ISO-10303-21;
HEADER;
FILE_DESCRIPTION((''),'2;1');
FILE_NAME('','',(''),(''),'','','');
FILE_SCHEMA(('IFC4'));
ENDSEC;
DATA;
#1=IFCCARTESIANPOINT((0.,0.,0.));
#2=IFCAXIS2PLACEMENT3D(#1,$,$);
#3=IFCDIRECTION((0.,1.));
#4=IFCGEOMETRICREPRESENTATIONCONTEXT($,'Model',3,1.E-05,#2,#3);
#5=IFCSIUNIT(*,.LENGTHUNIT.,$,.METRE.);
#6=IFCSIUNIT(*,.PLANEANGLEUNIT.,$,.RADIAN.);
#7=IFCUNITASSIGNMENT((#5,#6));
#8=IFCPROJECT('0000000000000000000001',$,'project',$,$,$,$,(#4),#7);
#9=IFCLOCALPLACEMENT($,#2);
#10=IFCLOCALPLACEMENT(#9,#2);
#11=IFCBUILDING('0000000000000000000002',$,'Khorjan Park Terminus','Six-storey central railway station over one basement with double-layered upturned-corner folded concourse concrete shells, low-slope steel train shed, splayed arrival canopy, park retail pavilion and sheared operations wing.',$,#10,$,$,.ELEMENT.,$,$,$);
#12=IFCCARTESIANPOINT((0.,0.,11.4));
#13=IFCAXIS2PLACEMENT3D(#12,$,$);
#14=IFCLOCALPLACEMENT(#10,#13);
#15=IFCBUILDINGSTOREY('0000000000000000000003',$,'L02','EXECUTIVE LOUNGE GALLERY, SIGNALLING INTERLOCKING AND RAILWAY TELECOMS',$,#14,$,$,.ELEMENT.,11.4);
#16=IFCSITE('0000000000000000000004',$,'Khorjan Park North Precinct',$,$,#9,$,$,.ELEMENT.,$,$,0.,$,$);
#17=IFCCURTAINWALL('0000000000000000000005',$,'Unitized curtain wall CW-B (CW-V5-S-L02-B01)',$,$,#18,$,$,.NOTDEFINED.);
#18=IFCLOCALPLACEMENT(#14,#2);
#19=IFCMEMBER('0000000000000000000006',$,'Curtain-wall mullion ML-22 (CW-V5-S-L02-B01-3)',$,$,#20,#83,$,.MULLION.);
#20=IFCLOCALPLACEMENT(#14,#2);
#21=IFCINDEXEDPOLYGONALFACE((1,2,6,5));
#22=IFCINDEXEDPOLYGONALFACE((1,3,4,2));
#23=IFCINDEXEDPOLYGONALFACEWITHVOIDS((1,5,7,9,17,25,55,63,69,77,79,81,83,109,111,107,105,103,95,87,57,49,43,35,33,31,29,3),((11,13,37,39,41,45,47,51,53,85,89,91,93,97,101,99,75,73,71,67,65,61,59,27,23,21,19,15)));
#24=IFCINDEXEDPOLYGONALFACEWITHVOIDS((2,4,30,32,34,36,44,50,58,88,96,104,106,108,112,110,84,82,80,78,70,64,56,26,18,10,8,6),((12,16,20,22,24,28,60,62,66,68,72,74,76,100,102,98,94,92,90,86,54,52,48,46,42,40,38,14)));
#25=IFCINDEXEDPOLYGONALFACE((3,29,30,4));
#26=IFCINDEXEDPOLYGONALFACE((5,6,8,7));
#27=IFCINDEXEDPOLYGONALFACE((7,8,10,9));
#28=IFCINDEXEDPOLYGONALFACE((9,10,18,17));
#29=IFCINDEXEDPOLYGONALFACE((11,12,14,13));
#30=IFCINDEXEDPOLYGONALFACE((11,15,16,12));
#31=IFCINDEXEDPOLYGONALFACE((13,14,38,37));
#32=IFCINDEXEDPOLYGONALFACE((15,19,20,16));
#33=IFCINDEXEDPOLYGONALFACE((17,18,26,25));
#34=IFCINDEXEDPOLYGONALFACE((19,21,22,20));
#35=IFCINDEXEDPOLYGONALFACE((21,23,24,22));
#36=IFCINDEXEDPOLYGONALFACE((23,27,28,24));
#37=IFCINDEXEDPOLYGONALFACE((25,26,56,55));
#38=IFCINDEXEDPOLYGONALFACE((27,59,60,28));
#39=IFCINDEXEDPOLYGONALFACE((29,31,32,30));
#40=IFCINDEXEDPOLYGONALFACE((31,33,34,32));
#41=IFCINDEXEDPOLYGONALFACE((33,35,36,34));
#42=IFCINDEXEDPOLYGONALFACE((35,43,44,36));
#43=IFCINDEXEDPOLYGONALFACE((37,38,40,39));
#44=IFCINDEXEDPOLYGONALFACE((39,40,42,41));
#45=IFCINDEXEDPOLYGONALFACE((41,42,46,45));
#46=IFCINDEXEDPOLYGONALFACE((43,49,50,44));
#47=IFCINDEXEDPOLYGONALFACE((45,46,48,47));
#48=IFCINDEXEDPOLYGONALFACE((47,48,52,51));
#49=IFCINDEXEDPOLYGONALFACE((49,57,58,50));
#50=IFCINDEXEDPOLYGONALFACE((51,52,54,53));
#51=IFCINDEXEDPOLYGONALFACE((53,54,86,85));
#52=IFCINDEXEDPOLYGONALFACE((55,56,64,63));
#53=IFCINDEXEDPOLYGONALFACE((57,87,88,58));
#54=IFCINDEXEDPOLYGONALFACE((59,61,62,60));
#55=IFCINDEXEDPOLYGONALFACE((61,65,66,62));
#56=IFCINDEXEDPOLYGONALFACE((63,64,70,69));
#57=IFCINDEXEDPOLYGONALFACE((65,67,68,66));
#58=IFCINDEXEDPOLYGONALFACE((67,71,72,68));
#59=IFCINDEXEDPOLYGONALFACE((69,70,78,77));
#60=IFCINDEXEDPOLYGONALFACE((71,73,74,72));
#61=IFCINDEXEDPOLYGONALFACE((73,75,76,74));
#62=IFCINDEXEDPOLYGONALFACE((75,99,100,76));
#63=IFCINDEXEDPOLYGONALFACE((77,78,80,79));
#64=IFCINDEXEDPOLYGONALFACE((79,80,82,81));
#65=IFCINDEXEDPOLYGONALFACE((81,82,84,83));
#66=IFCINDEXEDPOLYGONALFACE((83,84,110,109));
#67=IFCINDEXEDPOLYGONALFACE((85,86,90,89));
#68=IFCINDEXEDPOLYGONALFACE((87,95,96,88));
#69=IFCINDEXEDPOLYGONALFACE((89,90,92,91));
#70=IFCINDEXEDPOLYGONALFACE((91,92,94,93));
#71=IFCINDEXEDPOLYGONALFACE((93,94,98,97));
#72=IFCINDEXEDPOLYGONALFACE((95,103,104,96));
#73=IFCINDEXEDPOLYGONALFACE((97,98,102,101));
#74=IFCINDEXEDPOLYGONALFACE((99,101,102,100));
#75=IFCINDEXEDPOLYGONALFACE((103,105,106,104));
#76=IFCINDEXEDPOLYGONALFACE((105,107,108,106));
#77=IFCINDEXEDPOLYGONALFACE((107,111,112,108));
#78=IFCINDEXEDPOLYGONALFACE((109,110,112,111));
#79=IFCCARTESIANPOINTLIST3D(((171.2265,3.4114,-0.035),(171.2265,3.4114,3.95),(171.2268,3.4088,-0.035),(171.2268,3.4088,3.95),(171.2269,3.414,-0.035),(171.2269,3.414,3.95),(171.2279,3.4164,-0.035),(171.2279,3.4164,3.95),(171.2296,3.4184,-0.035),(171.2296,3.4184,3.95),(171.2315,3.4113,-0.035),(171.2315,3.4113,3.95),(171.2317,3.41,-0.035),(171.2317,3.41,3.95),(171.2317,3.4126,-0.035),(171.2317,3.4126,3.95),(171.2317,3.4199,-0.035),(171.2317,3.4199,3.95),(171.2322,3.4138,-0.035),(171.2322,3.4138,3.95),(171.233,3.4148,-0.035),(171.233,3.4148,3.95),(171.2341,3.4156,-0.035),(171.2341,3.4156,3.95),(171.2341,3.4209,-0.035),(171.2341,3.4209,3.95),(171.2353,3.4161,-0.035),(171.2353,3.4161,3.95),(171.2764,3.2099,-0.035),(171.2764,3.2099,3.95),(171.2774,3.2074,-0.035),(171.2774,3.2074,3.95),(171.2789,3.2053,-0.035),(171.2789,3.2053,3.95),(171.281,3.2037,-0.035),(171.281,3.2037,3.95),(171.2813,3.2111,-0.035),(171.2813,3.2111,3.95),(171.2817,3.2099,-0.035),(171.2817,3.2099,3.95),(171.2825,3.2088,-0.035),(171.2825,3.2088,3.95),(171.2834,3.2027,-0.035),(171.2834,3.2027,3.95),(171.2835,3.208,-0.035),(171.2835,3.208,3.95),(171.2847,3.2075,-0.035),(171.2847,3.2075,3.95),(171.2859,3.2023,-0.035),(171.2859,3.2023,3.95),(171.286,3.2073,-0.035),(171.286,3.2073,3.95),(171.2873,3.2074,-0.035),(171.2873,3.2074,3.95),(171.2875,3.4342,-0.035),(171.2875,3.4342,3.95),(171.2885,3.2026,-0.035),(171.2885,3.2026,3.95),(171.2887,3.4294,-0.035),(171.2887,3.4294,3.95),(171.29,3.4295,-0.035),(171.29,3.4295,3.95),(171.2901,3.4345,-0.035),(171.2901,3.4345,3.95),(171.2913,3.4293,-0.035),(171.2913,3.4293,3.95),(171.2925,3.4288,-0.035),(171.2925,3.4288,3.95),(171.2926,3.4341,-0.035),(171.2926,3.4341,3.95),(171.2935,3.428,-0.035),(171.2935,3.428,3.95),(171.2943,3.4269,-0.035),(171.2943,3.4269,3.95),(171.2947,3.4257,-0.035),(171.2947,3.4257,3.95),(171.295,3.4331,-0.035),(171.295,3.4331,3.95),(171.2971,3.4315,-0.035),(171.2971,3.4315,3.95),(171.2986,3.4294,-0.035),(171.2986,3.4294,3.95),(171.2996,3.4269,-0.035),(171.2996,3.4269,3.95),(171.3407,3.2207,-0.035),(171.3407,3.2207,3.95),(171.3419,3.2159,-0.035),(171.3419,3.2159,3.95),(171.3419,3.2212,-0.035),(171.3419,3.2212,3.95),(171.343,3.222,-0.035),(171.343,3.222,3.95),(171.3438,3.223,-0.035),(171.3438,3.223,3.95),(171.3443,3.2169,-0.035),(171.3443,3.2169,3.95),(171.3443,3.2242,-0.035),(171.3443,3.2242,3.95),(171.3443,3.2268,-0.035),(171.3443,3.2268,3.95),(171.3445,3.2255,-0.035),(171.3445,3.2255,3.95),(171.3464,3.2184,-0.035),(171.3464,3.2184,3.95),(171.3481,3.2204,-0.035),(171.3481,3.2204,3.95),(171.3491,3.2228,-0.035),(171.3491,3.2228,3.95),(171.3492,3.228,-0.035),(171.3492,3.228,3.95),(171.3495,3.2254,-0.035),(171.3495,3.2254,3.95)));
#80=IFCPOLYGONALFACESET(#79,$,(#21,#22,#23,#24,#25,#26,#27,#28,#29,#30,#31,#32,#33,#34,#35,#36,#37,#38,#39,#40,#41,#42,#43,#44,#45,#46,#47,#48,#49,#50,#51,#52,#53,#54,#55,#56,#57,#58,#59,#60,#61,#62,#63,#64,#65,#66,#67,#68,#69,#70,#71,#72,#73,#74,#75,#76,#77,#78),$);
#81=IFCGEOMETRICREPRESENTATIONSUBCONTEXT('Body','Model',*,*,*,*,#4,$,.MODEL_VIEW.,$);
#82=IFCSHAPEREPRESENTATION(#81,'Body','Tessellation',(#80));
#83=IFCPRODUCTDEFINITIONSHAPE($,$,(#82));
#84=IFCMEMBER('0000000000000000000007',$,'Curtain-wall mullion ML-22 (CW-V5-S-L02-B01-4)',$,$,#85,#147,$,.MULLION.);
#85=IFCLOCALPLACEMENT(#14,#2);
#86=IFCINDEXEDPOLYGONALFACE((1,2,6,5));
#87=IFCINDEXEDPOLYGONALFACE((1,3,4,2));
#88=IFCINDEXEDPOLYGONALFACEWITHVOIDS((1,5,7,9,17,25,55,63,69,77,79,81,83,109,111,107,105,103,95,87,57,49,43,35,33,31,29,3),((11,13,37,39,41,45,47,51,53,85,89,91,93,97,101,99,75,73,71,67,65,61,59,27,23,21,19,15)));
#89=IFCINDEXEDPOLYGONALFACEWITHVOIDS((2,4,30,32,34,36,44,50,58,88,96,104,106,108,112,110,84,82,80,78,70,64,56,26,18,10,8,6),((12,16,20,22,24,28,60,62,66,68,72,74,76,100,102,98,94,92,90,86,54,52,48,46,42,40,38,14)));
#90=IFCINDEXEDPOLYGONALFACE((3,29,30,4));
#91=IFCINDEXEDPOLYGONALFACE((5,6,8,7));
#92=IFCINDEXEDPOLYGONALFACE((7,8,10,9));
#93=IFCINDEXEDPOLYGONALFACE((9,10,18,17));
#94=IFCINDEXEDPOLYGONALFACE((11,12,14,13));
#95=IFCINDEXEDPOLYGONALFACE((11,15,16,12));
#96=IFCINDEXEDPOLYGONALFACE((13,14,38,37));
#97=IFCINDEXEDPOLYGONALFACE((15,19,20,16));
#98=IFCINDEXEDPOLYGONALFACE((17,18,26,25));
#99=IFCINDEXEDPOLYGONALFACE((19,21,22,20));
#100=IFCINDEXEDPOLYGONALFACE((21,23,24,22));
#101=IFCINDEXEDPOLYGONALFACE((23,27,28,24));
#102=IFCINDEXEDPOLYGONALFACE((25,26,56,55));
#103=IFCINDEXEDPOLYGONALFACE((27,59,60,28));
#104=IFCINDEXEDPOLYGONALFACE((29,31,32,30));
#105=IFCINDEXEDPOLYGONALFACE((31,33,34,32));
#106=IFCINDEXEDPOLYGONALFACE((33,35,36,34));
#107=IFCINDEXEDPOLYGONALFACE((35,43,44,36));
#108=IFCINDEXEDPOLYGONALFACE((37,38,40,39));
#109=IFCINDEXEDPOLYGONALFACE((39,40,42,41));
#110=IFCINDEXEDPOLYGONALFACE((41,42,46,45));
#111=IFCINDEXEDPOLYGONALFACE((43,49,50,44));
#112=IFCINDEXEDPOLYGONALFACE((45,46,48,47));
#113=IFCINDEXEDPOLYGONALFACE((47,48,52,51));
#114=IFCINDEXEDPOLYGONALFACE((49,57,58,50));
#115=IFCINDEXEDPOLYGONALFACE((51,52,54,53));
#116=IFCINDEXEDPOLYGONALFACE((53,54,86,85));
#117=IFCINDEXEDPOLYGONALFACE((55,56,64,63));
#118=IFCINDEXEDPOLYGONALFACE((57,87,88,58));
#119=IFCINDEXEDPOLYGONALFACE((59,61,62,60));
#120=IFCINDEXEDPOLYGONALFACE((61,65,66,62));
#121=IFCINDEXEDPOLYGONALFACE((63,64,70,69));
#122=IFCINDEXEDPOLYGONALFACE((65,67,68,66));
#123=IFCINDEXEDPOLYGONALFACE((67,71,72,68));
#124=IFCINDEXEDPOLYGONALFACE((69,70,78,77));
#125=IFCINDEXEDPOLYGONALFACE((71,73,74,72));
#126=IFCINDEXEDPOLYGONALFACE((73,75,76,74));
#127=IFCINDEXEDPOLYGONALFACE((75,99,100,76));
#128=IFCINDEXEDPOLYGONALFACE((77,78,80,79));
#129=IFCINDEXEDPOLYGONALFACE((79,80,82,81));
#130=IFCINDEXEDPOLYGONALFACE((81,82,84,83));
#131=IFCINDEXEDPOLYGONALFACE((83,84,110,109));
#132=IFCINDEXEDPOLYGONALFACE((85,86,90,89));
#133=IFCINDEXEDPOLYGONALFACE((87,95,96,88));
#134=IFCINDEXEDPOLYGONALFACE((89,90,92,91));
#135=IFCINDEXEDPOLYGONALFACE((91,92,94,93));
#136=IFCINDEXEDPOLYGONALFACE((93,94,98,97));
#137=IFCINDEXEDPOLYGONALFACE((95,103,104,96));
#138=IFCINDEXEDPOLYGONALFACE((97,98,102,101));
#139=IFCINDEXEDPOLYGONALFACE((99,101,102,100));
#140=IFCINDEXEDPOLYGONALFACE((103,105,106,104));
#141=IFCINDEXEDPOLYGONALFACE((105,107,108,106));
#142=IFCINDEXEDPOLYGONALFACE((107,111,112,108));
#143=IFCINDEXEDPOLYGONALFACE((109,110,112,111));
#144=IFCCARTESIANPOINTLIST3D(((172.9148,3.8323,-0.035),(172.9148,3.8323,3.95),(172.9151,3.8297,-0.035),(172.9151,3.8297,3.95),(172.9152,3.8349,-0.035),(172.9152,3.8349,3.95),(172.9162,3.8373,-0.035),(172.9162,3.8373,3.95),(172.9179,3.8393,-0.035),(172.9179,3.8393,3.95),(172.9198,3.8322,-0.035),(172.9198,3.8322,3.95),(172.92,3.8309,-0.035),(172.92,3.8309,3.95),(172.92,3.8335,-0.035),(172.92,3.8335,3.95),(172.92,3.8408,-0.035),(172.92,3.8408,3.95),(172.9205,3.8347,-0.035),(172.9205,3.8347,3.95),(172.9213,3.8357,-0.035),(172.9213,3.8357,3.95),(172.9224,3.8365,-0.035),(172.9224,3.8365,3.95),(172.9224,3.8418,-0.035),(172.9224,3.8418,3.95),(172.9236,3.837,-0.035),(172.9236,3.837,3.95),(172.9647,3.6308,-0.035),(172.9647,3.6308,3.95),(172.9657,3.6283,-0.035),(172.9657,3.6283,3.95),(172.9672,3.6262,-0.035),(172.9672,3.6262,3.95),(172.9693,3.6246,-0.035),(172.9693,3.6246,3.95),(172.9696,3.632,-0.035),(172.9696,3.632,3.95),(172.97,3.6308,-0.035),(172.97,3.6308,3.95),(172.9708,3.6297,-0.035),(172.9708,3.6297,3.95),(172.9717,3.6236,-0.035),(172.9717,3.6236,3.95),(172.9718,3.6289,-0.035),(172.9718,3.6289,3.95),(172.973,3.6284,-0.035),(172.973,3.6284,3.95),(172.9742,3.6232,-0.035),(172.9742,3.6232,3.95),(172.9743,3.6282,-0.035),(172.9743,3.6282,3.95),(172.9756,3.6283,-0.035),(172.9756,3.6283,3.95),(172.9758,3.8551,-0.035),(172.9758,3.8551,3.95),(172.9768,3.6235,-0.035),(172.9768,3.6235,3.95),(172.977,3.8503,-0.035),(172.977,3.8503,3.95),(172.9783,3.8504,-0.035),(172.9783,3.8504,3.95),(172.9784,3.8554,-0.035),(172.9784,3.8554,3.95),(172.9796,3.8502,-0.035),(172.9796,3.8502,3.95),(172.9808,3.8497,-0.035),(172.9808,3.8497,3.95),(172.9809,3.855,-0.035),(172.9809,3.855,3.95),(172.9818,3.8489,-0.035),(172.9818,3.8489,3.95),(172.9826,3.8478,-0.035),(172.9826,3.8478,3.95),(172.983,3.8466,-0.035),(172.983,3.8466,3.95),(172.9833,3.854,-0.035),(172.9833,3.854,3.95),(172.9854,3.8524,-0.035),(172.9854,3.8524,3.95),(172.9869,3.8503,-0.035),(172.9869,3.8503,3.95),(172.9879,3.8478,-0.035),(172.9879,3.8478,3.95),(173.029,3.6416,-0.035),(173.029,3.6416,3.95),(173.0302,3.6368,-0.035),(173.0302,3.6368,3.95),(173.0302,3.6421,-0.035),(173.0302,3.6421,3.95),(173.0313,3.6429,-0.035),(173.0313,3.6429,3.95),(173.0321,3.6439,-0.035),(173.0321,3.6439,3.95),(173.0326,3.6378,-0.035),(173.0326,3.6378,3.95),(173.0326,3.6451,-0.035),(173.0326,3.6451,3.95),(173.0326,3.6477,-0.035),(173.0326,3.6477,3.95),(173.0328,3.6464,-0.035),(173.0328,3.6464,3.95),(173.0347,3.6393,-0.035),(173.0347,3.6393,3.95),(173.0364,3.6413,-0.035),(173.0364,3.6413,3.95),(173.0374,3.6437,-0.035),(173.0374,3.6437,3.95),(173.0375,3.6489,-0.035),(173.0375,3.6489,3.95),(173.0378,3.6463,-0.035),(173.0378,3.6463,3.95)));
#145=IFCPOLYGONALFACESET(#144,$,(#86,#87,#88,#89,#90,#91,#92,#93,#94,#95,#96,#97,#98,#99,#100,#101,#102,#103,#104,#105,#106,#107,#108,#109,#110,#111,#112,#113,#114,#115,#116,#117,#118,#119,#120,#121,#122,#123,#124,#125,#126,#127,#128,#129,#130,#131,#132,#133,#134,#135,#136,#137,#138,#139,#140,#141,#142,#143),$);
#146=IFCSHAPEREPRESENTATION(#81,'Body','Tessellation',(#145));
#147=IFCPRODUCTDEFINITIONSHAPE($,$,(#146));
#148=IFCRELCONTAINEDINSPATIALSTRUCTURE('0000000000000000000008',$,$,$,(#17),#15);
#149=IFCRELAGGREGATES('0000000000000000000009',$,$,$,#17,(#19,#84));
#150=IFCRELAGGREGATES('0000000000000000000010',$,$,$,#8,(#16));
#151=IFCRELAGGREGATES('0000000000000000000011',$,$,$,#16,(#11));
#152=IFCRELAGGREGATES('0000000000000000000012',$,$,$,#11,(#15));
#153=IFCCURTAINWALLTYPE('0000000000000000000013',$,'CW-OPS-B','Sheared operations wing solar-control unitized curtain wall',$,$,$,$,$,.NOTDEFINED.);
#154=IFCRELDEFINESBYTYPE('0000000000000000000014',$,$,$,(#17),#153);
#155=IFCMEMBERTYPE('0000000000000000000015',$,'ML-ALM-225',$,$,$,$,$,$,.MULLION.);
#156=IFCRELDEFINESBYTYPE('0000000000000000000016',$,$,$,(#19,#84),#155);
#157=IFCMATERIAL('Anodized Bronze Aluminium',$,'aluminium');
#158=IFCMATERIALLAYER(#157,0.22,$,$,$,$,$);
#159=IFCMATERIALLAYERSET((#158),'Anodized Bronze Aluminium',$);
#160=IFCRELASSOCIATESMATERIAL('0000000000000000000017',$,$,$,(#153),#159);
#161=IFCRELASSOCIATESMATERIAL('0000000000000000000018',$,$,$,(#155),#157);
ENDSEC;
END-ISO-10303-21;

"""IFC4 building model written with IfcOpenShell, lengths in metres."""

from ifc_helpers import new_model, si_unit, direction, frame, origin, origin_2d, place, context, subcontext, project, spatial, hollow_rectangle, extrude, material, layer, layer_set, material_profile, profile_set, type_object, element, aggregate, save


model = new_model("IFC4")

# Units and contexts
model_context = context("Model", 3, precision=1e-05, world=origin(), true_north=direction((0.0, 1.0)))
body_context = subcontext(model_context, "Body", "Model", "MODEL_VIEW")
ifc_project = project(units=[si_unit("LENGTHUNIT", "METRE"), si_unit("PLANEANGLEUNIT", "RADIAN")], contexts=[model_context])

# Site, building, storey
site_placement = place(None, origin())
site = spatial("IfcSite", under=ifc_project, at=site_placement, Name="Khorjan Park North Precinct", CompositionType="ELEMENT", RefElevation=0.0)
building_placement = place(site_placement, origin())
building = spatial("IfcBuilding", under=site, at=building_placement, Name="Khorjan Park Terminus", Description="Six-storey central railway station over one basement with double-layered upturned-corner folded concourse concrete shells, low-slope steel train shed, splayed arrival canopy, park retail pavilion and sheared operations wing.", CompositionType="ELEMENT")
storey_placement = place(building_placement, frame((0.0, 0.0, 11.4)))
storey = spatial("IfcBuildingStorey", under=building, at=storey_placement, Name="L02", Description="EXECUTIVE LOUNGE GALLERY, SIGNALLING INTERLOCKING AND RAILWAY TELECOMS", CompositionType="ELEMENT", Elevation=11.4)

# Curtain wall, members
ifc_material_1 = material(Name="Anodized Bronze Aluminium", Category="aluminium")
ifc_layer_1 = layer(ifc_material_1, 0.22)
ifc_layer_set_1 = layer_set([ifc_layer_1], Name="Anodized Bronze Aluminium")
curtain_wall_type = type_object("IfcCurtainWallType", Name="CW-OPS-B", Description="Sheared operations wing solar-control unitized curtain wall", PredefinedType="NOTDEFINED", material=ifc_layer_set_1)
curtain_wall_1_placement = place(storey_placement, origin())
curtain_wall_1 = element("IfcCurtainWall", 1, at=curtain_wall_1_placement, inside=storey, type_object=curtain_wall_type, Name="Unitized curtain wall CW-B (CW-V5-S-L02-B01)", PredefinedType="NOTDEFINED")
ifc_material_profile_1 = material_profile(ifc_material_1, hollow_rectangle(XDim=0.075, YDim=0.225, WallThickness=0.005, InnerFilletRadius=0.005, OuterFilletRadius=0.01, at=origin_2d()), Name="ALM 75x225x5")
ifc_profile_set_1 = profile_set([ifc_material_profile_1], Name="Anodized Bronze Aluminium")
member_type_1 = type_object("IfcMemberType", Name="ML-ALM-225", PredefinedType="MULLION", material=ifc_profile_set_1)
member_1_placement = place(storey_placement, frame((171.288, 3.3184, -0.035), z_axis=(0.0, 0.0, 1.0), x_axis=(0.970296, 0.241923, 0.0)))
member_1 = element("IfcMember", 2, at=member_1_placement, type_object=member_type_1, Name="Curtain-wall mullion ML-22 (CW-V5-S-L02-B01-3)", PredefinedType="MULLION", context=body_context, shape_type="SweptSolid", body=[
    extrude(hollow_rectangle(XDim=0.075, YDim=0.225, WallThickness=0.005, InnerFilletRadius=0.005, OuterFilletRadius=0.01, at=origin_2d()), origin(), (0.0, 0.0, 1.0), 3.985),
])
member_2_placement = place(storey_placement, frame((172.9763, 3.7393, -0.035), z_axis=(0.0, 0.0, 1.0), x_axis=(0.970296, 0.241923, 0.0)))
member_2 = element("IfcMember", 3, at=member_2_placement, type_object=member_type_1, Name="Curtain-wall mullion ML-22 (CW-V5-S-L02-B01-4)", PredefinedType="MULLION", context=body_context, shape_type="SweptSolid", body=[
    extrude(hollow_rectangle(XDim=0.075, YDim=0.225, WallThickness=0.005, InnerFilletRadius=0.005, OuterFilletRadius=0.01, at=origin_2d()), origin(), (0.0, 0.0, 1.0), 3.985),
])

aggregate(curtain_wall_1, [member_1, member_2])

save(model, "model.ifc")
